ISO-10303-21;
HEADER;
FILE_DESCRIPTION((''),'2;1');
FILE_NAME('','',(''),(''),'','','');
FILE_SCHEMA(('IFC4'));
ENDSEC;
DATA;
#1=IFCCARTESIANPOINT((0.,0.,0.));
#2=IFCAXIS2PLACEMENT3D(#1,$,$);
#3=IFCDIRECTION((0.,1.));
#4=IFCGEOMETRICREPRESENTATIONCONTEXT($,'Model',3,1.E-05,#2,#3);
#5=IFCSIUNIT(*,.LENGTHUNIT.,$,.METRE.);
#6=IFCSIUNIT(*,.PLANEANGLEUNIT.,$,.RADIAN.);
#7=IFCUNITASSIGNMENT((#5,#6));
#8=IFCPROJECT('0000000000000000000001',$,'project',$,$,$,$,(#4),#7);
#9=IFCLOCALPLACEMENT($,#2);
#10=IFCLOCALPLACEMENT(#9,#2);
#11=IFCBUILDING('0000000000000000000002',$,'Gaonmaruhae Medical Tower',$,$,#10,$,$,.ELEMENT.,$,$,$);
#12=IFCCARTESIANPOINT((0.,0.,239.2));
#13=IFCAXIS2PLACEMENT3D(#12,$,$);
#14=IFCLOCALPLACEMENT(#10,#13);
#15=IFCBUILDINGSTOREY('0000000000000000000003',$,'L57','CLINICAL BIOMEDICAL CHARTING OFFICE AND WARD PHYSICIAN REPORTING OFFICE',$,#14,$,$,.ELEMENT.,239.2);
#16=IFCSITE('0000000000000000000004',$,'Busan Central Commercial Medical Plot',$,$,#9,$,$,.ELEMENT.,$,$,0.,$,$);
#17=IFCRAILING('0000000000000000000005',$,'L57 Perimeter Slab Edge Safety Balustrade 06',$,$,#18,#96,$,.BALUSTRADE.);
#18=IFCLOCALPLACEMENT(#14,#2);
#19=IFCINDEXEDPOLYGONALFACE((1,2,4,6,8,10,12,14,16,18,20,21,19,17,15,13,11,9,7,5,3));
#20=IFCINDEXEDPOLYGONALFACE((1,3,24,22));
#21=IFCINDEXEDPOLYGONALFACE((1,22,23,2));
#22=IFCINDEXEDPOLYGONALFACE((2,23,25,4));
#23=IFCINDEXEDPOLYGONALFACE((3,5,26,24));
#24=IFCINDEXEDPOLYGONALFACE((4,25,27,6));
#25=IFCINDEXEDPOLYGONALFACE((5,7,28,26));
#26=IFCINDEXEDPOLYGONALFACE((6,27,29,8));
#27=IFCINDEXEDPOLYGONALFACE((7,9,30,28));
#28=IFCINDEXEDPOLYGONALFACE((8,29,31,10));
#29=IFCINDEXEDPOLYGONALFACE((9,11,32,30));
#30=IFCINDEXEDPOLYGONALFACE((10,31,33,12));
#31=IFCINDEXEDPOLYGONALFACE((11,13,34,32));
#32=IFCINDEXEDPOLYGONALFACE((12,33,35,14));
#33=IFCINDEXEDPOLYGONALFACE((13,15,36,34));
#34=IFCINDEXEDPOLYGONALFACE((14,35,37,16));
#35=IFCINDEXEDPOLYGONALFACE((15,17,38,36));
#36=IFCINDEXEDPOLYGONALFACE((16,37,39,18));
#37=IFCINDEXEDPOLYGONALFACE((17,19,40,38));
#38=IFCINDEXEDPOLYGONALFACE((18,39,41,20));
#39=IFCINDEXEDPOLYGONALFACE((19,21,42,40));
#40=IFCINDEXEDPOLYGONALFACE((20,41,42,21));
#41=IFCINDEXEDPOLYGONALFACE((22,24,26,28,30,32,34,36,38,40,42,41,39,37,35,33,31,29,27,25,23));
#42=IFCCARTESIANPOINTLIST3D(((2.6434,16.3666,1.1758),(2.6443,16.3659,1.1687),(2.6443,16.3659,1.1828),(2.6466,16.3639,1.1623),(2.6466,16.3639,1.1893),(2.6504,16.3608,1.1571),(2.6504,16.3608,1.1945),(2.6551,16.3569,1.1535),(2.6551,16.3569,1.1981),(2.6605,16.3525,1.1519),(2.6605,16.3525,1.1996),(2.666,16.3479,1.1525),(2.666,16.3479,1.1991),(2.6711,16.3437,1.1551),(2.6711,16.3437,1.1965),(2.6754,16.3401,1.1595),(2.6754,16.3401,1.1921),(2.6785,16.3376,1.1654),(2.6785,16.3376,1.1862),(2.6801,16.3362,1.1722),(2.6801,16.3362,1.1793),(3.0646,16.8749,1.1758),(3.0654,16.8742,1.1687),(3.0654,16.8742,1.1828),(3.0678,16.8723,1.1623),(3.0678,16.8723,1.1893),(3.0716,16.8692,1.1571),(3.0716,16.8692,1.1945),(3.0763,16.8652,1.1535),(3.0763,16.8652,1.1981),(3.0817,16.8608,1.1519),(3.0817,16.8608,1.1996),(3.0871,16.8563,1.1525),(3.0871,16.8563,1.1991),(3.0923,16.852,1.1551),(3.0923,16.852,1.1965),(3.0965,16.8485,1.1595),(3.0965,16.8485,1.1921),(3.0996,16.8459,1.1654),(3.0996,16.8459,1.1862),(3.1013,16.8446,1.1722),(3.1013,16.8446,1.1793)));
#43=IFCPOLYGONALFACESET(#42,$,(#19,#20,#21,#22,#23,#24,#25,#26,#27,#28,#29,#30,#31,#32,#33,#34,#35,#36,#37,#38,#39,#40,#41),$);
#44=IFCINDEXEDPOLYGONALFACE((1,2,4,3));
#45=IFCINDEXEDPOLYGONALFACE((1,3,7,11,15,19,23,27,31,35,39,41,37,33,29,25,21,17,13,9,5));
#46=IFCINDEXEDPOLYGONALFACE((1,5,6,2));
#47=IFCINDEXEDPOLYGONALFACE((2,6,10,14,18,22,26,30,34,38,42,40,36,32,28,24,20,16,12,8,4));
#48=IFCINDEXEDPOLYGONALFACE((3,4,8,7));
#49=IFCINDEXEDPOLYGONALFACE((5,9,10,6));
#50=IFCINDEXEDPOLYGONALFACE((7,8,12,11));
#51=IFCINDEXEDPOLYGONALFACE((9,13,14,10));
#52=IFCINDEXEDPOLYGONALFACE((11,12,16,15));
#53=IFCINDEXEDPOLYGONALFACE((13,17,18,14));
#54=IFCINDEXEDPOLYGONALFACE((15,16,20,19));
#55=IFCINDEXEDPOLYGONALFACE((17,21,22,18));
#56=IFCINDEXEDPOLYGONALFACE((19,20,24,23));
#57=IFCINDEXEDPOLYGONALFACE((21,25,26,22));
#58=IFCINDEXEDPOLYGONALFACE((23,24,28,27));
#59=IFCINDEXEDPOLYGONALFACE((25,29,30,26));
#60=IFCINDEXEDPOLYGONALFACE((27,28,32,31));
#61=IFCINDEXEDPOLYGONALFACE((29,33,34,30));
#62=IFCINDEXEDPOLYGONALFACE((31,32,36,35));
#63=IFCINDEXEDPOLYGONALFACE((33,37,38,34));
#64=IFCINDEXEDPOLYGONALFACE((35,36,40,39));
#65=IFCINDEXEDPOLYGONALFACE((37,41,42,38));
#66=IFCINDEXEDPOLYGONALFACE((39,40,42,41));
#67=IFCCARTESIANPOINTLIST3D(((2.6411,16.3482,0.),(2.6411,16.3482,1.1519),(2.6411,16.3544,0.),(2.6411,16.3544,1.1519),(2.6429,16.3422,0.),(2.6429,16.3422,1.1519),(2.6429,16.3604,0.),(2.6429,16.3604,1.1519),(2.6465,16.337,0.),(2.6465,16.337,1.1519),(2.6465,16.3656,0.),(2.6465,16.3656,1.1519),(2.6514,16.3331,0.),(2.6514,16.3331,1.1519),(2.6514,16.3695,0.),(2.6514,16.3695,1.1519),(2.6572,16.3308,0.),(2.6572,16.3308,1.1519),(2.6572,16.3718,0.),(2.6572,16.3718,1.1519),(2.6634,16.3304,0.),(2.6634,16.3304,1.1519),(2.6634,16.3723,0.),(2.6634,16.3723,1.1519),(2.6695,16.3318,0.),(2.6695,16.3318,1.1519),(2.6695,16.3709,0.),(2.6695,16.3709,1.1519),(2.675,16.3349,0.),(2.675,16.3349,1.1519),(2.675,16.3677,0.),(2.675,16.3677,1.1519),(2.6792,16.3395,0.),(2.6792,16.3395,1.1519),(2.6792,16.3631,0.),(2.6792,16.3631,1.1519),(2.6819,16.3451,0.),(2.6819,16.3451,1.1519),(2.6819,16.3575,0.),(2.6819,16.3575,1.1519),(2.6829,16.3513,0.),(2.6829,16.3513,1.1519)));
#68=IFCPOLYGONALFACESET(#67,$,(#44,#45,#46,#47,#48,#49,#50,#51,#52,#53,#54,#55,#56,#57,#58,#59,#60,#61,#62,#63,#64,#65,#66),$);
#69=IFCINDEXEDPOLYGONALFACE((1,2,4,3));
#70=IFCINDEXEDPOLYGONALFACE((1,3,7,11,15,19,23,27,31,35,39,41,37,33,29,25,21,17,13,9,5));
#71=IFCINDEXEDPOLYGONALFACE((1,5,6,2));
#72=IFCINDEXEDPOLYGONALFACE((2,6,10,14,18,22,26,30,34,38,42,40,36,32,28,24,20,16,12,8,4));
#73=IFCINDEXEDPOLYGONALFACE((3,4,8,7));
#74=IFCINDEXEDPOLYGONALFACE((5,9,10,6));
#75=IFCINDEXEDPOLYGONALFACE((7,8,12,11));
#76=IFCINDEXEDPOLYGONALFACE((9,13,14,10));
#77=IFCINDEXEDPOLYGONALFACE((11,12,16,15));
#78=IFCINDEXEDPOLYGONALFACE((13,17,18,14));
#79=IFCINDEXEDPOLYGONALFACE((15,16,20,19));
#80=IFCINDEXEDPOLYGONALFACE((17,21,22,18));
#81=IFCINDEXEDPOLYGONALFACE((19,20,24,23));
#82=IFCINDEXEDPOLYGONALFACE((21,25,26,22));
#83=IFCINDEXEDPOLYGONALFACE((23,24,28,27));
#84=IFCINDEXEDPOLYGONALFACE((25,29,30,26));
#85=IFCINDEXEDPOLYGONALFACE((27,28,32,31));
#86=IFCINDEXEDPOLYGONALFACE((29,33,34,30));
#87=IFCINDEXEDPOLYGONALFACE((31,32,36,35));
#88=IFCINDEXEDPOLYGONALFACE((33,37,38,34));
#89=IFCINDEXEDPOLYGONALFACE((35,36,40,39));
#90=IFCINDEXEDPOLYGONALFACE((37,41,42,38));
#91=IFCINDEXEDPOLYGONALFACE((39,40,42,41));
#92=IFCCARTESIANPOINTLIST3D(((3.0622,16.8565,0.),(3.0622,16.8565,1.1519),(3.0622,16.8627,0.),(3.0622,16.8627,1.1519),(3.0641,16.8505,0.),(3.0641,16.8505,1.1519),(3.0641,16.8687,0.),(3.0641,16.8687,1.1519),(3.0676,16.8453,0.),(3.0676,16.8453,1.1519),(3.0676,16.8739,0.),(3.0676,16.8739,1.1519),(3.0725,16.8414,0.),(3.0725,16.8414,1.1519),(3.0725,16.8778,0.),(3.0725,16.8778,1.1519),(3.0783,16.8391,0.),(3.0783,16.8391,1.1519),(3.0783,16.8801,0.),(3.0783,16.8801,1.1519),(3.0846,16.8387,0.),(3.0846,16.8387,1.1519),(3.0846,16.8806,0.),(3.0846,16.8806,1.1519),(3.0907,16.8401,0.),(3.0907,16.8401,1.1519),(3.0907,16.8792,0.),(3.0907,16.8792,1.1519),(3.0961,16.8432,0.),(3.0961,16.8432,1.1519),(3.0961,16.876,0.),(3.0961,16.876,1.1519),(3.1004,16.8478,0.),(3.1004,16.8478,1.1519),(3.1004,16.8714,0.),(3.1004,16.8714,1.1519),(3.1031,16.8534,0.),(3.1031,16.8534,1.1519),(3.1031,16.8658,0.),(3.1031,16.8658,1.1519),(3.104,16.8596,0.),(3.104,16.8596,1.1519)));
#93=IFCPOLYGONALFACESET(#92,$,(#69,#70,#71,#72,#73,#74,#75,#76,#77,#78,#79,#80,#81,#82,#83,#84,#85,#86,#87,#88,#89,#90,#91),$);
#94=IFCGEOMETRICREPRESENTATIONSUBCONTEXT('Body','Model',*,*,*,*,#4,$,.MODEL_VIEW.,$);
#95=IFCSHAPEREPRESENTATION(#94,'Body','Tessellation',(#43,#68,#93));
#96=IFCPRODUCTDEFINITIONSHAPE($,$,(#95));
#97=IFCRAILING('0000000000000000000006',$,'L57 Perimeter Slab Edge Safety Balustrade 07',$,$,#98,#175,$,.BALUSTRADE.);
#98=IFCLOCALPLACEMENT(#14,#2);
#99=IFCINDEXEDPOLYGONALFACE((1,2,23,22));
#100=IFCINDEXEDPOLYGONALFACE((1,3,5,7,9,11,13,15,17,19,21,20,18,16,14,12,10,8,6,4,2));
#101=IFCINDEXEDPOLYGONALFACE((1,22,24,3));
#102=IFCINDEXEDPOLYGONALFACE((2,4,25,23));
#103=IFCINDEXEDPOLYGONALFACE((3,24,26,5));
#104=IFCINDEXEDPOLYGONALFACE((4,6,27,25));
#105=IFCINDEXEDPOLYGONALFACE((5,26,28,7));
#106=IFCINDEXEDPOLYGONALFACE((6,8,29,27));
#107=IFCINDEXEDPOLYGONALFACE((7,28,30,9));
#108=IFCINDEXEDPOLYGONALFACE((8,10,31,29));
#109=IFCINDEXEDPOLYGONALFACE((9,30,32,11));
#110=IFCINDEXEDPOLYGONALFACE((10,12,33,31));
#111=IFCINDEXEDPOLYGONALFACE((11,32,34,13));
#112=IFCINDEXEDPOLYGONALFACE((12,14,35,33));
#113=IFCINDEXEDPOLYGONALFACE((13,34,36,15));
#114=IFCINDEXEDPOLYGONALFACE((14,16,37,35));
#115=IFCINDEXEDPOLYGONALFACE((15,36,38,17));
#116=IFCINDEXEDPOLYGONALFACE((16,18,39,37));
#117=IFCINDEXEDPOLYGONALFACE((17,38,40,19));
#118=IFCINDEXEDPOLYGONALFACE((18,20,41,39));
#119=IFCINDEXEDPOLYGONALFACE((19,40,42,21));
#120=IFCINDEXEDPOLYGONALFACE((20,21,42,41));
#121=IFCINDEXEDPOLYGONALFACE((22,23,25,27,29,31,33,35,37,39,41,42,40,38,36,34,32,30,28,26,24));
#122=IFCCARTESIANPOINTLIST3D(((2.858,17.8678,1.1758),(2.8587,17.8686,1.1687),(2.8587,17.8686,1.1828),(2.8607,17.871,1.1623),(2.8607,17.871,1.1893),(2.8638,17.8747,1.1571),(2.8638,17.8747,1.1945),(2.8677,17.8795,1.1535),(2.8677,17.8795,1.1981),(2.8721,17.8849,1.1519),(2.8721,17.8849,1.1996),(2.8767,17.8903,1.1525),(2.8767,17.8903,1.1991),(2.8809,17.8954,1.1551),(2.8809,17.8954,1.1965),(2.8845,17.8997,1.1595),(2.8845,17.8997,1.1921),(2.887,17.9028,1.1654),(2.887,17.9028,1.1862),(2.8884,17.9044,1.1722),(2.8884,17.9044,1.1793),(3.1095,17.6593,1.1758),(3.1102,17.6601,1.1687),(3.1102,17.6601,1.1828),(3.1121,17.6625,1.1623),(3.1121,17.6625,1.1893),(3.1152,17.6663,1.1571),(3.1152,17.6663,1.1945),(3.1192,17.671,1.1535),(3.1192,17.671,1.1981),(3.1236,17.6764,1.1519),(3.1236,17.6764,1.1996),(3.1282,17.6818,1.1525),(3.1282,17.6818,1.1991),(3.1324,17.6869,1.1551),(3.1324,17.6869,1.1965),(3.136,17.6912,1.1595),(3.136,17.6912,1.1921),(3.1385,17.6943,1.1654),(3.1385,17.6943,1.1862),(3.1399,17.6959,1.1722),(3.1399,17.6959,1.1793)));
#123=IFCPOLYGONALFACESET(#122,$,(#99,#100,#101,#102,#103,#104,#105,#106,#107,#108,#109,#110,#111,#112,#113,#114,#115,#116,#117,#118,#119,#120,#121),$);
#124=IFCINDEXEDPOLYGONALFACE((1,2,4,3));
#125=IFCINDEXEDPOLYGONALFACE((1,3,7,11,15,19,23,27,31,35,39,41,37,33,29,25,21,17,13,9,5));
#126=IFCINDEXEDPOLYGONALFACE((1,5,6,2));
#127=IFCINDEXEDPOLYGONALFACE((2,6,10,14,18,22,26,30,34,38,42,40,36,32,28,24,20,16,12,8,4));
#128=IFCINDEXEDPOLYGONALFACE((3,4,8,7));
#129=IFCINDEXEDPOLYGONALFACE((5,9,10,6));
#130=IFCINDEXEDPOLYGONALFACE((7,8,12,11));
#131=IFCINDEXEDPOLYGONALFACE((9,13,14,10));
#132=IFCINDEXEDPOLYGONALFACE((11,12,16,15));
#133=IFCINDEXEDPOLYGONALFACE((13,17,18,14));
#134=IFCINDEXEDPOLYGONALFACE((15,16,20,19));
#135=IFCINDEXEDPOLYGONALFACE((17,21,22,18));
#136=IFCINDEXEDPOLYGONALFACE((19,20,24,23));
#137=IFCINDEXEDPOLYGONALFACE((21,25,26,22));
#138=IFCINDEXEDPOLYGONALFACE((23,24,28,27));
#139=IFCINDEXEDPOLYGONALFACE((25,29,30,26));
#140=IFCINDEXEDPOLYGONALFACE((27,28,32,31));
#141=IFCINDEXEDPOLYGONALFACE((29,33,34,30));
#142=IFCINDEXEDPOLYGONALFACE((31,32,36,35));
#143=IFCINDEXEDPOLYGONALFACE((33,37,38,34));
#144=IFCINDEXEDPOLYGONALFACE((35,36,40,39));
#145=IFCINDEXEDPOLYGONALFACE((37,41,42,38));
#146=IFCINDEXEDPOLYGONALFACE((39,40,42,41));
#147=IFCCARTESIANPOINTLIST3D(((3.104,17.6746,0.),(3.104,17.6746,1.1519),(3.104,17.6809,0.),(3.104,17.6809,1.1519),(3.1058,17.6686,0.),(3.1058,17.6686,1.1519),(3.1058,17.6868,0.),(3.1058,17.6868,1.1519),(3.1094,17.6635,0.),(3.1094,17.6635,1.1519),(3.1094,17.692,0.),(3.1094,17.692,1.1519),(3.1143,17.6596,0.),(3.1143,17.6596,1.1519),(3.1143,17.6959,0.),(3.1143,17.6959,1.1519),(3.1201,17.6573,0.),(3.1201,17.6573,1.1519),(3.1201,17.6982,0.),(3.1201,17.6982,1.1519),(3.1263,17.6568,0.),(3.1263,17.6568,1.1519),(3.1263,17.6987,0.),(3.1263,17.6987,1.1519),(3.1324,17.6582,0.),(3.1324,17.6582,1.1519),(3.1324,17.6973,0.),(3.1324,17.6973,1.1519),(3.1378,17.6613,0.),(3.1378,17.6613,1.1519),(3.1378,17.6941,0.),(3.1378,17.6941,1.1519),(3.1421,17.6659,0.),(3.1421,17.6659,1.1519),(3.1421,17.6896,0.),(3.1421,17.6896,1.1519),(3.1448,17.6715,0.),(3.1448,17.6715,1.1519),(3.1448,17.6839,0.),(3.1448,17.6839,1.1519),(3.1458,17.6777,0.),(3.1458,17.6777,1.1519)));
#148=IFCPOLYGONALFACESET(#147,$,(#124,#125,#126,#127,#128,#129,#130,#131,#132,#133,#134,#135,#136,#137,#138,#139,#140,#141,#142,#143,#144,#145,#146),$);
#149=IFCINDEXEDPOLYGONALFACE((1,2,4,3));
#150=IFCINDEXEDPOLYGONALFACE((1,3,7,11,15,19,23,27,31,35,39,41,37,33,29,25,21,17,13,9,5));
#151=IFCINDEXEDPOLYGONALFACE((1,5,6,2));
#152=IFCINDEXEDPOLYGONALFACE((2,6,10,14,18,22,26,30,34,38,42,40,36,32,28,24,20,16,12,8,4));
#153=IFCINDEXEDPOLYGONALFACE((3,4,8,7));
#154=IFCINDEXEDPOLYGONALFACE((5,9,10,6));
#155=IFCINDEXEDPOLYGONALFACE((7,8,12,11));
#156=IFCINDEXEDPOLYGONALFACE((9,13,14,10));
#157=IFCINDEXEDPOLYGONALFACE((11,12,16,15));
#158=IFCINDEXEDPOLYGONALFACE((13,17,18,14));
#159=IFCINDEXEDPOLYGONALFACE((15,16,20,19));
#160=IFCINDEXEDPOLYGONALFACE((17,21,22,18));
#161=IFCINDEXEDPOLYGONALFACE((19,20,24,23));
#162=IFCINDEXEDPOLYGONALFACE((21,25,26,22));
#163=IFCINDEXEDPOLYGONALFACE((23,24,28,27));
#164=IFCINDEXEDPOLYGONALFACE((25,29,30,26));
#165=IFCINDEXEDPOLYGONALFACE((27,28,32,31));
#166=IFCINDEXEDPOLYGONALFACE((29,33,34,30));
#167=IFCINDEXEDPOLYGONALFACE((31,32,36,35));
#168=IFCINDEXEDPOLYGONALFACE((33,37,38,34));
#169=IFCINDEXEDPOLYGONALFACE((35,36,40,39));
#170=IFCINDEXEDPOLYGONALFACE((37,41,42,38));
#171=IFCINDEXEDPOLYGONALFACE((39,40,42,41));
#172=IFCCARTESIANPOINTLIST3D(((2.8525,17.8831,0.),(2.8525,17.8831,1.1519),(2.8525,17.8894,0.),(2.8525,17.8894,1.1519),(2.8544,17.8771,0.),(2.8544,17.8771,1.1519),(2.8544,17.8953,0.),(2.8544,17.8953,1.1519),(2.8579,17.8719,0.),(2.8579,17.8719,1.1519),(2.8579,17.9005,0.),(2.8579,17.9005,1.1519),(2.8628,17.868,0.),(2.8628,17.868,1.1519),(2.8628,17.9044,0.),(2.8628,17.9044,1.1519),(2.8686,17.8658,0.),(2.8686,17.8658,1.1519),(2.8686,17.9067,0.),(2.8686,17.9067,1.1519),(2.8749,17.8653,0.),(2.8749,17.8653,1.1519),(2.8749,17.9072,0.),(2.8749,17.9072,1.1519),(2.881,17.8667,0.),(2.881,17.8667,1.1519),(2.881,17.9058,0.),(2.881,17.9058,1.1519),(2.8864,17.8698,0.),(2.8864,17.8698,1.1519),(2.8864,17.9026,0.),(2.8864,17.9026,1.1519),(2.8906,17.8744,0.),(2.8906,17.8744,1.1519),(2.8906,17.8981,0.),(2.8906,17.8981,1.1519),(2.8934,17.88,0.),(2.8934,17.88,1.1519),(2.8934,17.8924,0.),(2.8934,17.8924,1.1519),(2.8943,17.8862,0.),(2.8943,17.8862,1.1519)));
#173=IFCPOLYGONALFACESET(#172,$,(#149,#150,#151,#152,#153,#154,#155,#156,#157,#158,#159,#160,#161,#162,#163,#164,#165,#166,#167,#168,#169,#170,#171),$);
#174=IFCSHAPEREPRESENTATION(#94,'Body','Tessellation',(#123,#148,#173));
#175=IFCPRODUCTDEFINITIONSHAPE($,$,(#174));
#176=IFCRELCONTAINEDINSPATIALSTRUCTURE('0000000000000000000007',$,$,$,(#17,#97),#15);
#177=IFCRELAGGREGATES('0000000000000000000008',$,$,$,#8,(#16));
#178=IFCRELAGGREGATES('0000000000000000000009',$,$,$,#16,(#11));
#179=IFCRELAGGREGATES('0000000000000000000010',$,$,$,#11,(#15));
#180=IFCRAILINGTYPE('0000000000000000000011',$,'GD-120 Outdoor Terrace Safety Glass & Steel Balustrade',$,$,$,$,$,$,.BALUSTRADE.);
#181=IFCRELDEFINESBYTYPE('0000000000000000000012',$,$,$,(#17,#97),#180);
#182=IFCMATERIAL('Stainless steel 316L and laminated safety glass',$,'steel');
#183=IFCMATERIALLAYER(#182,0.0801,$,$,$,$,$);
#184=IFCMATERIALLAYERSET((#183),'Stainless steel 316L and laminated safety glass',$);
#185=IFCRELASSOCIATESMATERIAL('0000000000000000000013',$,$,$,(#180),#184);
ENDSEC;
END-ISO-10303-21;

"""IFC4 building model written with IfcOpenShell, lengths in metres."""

from ifc_helpers import new_model, si_unit, direction, frame, origin, origin_2d, place, context, subcontext, project, spatial, circle, extrude, material, layer, layer_set, type_object, element, save


model = new_model("IFC4")

# Units and contexts
model_context = context("Model", 3, precision=1e-05, world=origin(), true_north=direction((0.0, 1.0)))
body_context = subcontext(model_context, "Body", "Model", "MODEL_VIEW")
ifc_project = project(units=[si_unit("LENGTHUNIT", "METRE"), si_unit("PLANEANGLEUNIT", "RADIAN")], contexts=[model_context])

# Site, building, storey
site_placement = place(None, origin())
site = spatial("IfcSite", under=ifc_project, at=site_placement, Name="Busan Central Commercial Medical Plot", CompositionType="ELEMENT", RefElevation=0.0)
building_placement = place(site_placement, origin())
building = spatial("IfcBuilding", under=site, at=building_placement, Name="Gaonmaruhae Medical Tower", CompositionType="ELEMENT")
storey_placement = place(building_placement, frame((0.0, 0.0, 239.2)))
storey = spatial("IfcBuildingStorey", under=building, at=storey_placement, Name="L57", Description="CLINICAL BIOMEDICAL CHARTING OFFICE AND WARD PHYSICIAN REPORTING OFFICE", CompositionType="ELEMENT", Elevation=239.2)

# Railings
ifc_material_1 = material(Name="Stainless steel 316L and laminated safety glass", Category="steel")
ifc_layer_1 = layer(ifc_material_1, 0.0801)
ifc_layer_set_1 = layer_set([ifc_layer_1], Name="Stainless steel 316L and laminated safety glass")
railing_type = type_object("IfcRailingType", Name="GD-120 Outdoor Terrace Safety Glass & Steel Balustrade", PredefinedType="BALUSTRADE", material=ifc_layer_set_1)
railing_1_placement = place(storey_placement, frame((2.6619, 16.3513, 0.0)))
element("IfcRailing", 1, at=railing_1_placement, inside=storey, type_object=railing_type, Name="L57 Perimeter Slab Edge Safety Balustrade 06", PredefinedType="BALUSTRADE", context=body_context, shape_type="SweptSolid", body=[
    extrude(circle(Radius=0.0239, at=origin_2d()), frame((0.0, 0.0, 1.1758), z_axis=(0.637999, 0.770037, 0.0), x_axis=(-0.770037, 0.637999, 0.0)), (0.0, 0.0, 1.0), 0.6602),
    extrude(circle(Radius=0.021, at=origin_2d()), origin(), (0.0, 0.0, 1.0), 1.1519),
    extrude(circle(Radius=0.021, at=origin_2d()), frame((0.4211, 0.5083, 0.0)), (0.0, 0.0, 1.0), 1.1519),
])
railing_2_placement = place(storey_placement, frame((3.1248, 17.6777, 0.0)))
element("IfcRailing", 2, at=railing_2_placement, inside=storey, type_object=railing_type, Name="L57 Perimeter Slab Edge Safety Balustrade 07", PredefinedType="BALUSTRADE", context=body_context, shape_type="SweptSolid", body=[
    extrude(circle(Radius=0.0239, at=origin_2d()), frame((0.0, 0.0, 1.1758), z_axis=(-0.769812, 0.638271, 0.0), x_axis=(-0.638271, -0.769812, 0.0)), (0.0, 0.0, 1.0), 0.3267),
    extrude(circle(Radius=0.021, at=origin_2d()), origin(), (0.0, 0.0, 1.0), 1.1519),
    extrude(circle(Radius=0.021, at=origin_2d()), frame((-0.2515, 0.2085, 0.0)), (0.0, 0.0, 1.0), 1.1519),
])

save(model, "model.ifc")
